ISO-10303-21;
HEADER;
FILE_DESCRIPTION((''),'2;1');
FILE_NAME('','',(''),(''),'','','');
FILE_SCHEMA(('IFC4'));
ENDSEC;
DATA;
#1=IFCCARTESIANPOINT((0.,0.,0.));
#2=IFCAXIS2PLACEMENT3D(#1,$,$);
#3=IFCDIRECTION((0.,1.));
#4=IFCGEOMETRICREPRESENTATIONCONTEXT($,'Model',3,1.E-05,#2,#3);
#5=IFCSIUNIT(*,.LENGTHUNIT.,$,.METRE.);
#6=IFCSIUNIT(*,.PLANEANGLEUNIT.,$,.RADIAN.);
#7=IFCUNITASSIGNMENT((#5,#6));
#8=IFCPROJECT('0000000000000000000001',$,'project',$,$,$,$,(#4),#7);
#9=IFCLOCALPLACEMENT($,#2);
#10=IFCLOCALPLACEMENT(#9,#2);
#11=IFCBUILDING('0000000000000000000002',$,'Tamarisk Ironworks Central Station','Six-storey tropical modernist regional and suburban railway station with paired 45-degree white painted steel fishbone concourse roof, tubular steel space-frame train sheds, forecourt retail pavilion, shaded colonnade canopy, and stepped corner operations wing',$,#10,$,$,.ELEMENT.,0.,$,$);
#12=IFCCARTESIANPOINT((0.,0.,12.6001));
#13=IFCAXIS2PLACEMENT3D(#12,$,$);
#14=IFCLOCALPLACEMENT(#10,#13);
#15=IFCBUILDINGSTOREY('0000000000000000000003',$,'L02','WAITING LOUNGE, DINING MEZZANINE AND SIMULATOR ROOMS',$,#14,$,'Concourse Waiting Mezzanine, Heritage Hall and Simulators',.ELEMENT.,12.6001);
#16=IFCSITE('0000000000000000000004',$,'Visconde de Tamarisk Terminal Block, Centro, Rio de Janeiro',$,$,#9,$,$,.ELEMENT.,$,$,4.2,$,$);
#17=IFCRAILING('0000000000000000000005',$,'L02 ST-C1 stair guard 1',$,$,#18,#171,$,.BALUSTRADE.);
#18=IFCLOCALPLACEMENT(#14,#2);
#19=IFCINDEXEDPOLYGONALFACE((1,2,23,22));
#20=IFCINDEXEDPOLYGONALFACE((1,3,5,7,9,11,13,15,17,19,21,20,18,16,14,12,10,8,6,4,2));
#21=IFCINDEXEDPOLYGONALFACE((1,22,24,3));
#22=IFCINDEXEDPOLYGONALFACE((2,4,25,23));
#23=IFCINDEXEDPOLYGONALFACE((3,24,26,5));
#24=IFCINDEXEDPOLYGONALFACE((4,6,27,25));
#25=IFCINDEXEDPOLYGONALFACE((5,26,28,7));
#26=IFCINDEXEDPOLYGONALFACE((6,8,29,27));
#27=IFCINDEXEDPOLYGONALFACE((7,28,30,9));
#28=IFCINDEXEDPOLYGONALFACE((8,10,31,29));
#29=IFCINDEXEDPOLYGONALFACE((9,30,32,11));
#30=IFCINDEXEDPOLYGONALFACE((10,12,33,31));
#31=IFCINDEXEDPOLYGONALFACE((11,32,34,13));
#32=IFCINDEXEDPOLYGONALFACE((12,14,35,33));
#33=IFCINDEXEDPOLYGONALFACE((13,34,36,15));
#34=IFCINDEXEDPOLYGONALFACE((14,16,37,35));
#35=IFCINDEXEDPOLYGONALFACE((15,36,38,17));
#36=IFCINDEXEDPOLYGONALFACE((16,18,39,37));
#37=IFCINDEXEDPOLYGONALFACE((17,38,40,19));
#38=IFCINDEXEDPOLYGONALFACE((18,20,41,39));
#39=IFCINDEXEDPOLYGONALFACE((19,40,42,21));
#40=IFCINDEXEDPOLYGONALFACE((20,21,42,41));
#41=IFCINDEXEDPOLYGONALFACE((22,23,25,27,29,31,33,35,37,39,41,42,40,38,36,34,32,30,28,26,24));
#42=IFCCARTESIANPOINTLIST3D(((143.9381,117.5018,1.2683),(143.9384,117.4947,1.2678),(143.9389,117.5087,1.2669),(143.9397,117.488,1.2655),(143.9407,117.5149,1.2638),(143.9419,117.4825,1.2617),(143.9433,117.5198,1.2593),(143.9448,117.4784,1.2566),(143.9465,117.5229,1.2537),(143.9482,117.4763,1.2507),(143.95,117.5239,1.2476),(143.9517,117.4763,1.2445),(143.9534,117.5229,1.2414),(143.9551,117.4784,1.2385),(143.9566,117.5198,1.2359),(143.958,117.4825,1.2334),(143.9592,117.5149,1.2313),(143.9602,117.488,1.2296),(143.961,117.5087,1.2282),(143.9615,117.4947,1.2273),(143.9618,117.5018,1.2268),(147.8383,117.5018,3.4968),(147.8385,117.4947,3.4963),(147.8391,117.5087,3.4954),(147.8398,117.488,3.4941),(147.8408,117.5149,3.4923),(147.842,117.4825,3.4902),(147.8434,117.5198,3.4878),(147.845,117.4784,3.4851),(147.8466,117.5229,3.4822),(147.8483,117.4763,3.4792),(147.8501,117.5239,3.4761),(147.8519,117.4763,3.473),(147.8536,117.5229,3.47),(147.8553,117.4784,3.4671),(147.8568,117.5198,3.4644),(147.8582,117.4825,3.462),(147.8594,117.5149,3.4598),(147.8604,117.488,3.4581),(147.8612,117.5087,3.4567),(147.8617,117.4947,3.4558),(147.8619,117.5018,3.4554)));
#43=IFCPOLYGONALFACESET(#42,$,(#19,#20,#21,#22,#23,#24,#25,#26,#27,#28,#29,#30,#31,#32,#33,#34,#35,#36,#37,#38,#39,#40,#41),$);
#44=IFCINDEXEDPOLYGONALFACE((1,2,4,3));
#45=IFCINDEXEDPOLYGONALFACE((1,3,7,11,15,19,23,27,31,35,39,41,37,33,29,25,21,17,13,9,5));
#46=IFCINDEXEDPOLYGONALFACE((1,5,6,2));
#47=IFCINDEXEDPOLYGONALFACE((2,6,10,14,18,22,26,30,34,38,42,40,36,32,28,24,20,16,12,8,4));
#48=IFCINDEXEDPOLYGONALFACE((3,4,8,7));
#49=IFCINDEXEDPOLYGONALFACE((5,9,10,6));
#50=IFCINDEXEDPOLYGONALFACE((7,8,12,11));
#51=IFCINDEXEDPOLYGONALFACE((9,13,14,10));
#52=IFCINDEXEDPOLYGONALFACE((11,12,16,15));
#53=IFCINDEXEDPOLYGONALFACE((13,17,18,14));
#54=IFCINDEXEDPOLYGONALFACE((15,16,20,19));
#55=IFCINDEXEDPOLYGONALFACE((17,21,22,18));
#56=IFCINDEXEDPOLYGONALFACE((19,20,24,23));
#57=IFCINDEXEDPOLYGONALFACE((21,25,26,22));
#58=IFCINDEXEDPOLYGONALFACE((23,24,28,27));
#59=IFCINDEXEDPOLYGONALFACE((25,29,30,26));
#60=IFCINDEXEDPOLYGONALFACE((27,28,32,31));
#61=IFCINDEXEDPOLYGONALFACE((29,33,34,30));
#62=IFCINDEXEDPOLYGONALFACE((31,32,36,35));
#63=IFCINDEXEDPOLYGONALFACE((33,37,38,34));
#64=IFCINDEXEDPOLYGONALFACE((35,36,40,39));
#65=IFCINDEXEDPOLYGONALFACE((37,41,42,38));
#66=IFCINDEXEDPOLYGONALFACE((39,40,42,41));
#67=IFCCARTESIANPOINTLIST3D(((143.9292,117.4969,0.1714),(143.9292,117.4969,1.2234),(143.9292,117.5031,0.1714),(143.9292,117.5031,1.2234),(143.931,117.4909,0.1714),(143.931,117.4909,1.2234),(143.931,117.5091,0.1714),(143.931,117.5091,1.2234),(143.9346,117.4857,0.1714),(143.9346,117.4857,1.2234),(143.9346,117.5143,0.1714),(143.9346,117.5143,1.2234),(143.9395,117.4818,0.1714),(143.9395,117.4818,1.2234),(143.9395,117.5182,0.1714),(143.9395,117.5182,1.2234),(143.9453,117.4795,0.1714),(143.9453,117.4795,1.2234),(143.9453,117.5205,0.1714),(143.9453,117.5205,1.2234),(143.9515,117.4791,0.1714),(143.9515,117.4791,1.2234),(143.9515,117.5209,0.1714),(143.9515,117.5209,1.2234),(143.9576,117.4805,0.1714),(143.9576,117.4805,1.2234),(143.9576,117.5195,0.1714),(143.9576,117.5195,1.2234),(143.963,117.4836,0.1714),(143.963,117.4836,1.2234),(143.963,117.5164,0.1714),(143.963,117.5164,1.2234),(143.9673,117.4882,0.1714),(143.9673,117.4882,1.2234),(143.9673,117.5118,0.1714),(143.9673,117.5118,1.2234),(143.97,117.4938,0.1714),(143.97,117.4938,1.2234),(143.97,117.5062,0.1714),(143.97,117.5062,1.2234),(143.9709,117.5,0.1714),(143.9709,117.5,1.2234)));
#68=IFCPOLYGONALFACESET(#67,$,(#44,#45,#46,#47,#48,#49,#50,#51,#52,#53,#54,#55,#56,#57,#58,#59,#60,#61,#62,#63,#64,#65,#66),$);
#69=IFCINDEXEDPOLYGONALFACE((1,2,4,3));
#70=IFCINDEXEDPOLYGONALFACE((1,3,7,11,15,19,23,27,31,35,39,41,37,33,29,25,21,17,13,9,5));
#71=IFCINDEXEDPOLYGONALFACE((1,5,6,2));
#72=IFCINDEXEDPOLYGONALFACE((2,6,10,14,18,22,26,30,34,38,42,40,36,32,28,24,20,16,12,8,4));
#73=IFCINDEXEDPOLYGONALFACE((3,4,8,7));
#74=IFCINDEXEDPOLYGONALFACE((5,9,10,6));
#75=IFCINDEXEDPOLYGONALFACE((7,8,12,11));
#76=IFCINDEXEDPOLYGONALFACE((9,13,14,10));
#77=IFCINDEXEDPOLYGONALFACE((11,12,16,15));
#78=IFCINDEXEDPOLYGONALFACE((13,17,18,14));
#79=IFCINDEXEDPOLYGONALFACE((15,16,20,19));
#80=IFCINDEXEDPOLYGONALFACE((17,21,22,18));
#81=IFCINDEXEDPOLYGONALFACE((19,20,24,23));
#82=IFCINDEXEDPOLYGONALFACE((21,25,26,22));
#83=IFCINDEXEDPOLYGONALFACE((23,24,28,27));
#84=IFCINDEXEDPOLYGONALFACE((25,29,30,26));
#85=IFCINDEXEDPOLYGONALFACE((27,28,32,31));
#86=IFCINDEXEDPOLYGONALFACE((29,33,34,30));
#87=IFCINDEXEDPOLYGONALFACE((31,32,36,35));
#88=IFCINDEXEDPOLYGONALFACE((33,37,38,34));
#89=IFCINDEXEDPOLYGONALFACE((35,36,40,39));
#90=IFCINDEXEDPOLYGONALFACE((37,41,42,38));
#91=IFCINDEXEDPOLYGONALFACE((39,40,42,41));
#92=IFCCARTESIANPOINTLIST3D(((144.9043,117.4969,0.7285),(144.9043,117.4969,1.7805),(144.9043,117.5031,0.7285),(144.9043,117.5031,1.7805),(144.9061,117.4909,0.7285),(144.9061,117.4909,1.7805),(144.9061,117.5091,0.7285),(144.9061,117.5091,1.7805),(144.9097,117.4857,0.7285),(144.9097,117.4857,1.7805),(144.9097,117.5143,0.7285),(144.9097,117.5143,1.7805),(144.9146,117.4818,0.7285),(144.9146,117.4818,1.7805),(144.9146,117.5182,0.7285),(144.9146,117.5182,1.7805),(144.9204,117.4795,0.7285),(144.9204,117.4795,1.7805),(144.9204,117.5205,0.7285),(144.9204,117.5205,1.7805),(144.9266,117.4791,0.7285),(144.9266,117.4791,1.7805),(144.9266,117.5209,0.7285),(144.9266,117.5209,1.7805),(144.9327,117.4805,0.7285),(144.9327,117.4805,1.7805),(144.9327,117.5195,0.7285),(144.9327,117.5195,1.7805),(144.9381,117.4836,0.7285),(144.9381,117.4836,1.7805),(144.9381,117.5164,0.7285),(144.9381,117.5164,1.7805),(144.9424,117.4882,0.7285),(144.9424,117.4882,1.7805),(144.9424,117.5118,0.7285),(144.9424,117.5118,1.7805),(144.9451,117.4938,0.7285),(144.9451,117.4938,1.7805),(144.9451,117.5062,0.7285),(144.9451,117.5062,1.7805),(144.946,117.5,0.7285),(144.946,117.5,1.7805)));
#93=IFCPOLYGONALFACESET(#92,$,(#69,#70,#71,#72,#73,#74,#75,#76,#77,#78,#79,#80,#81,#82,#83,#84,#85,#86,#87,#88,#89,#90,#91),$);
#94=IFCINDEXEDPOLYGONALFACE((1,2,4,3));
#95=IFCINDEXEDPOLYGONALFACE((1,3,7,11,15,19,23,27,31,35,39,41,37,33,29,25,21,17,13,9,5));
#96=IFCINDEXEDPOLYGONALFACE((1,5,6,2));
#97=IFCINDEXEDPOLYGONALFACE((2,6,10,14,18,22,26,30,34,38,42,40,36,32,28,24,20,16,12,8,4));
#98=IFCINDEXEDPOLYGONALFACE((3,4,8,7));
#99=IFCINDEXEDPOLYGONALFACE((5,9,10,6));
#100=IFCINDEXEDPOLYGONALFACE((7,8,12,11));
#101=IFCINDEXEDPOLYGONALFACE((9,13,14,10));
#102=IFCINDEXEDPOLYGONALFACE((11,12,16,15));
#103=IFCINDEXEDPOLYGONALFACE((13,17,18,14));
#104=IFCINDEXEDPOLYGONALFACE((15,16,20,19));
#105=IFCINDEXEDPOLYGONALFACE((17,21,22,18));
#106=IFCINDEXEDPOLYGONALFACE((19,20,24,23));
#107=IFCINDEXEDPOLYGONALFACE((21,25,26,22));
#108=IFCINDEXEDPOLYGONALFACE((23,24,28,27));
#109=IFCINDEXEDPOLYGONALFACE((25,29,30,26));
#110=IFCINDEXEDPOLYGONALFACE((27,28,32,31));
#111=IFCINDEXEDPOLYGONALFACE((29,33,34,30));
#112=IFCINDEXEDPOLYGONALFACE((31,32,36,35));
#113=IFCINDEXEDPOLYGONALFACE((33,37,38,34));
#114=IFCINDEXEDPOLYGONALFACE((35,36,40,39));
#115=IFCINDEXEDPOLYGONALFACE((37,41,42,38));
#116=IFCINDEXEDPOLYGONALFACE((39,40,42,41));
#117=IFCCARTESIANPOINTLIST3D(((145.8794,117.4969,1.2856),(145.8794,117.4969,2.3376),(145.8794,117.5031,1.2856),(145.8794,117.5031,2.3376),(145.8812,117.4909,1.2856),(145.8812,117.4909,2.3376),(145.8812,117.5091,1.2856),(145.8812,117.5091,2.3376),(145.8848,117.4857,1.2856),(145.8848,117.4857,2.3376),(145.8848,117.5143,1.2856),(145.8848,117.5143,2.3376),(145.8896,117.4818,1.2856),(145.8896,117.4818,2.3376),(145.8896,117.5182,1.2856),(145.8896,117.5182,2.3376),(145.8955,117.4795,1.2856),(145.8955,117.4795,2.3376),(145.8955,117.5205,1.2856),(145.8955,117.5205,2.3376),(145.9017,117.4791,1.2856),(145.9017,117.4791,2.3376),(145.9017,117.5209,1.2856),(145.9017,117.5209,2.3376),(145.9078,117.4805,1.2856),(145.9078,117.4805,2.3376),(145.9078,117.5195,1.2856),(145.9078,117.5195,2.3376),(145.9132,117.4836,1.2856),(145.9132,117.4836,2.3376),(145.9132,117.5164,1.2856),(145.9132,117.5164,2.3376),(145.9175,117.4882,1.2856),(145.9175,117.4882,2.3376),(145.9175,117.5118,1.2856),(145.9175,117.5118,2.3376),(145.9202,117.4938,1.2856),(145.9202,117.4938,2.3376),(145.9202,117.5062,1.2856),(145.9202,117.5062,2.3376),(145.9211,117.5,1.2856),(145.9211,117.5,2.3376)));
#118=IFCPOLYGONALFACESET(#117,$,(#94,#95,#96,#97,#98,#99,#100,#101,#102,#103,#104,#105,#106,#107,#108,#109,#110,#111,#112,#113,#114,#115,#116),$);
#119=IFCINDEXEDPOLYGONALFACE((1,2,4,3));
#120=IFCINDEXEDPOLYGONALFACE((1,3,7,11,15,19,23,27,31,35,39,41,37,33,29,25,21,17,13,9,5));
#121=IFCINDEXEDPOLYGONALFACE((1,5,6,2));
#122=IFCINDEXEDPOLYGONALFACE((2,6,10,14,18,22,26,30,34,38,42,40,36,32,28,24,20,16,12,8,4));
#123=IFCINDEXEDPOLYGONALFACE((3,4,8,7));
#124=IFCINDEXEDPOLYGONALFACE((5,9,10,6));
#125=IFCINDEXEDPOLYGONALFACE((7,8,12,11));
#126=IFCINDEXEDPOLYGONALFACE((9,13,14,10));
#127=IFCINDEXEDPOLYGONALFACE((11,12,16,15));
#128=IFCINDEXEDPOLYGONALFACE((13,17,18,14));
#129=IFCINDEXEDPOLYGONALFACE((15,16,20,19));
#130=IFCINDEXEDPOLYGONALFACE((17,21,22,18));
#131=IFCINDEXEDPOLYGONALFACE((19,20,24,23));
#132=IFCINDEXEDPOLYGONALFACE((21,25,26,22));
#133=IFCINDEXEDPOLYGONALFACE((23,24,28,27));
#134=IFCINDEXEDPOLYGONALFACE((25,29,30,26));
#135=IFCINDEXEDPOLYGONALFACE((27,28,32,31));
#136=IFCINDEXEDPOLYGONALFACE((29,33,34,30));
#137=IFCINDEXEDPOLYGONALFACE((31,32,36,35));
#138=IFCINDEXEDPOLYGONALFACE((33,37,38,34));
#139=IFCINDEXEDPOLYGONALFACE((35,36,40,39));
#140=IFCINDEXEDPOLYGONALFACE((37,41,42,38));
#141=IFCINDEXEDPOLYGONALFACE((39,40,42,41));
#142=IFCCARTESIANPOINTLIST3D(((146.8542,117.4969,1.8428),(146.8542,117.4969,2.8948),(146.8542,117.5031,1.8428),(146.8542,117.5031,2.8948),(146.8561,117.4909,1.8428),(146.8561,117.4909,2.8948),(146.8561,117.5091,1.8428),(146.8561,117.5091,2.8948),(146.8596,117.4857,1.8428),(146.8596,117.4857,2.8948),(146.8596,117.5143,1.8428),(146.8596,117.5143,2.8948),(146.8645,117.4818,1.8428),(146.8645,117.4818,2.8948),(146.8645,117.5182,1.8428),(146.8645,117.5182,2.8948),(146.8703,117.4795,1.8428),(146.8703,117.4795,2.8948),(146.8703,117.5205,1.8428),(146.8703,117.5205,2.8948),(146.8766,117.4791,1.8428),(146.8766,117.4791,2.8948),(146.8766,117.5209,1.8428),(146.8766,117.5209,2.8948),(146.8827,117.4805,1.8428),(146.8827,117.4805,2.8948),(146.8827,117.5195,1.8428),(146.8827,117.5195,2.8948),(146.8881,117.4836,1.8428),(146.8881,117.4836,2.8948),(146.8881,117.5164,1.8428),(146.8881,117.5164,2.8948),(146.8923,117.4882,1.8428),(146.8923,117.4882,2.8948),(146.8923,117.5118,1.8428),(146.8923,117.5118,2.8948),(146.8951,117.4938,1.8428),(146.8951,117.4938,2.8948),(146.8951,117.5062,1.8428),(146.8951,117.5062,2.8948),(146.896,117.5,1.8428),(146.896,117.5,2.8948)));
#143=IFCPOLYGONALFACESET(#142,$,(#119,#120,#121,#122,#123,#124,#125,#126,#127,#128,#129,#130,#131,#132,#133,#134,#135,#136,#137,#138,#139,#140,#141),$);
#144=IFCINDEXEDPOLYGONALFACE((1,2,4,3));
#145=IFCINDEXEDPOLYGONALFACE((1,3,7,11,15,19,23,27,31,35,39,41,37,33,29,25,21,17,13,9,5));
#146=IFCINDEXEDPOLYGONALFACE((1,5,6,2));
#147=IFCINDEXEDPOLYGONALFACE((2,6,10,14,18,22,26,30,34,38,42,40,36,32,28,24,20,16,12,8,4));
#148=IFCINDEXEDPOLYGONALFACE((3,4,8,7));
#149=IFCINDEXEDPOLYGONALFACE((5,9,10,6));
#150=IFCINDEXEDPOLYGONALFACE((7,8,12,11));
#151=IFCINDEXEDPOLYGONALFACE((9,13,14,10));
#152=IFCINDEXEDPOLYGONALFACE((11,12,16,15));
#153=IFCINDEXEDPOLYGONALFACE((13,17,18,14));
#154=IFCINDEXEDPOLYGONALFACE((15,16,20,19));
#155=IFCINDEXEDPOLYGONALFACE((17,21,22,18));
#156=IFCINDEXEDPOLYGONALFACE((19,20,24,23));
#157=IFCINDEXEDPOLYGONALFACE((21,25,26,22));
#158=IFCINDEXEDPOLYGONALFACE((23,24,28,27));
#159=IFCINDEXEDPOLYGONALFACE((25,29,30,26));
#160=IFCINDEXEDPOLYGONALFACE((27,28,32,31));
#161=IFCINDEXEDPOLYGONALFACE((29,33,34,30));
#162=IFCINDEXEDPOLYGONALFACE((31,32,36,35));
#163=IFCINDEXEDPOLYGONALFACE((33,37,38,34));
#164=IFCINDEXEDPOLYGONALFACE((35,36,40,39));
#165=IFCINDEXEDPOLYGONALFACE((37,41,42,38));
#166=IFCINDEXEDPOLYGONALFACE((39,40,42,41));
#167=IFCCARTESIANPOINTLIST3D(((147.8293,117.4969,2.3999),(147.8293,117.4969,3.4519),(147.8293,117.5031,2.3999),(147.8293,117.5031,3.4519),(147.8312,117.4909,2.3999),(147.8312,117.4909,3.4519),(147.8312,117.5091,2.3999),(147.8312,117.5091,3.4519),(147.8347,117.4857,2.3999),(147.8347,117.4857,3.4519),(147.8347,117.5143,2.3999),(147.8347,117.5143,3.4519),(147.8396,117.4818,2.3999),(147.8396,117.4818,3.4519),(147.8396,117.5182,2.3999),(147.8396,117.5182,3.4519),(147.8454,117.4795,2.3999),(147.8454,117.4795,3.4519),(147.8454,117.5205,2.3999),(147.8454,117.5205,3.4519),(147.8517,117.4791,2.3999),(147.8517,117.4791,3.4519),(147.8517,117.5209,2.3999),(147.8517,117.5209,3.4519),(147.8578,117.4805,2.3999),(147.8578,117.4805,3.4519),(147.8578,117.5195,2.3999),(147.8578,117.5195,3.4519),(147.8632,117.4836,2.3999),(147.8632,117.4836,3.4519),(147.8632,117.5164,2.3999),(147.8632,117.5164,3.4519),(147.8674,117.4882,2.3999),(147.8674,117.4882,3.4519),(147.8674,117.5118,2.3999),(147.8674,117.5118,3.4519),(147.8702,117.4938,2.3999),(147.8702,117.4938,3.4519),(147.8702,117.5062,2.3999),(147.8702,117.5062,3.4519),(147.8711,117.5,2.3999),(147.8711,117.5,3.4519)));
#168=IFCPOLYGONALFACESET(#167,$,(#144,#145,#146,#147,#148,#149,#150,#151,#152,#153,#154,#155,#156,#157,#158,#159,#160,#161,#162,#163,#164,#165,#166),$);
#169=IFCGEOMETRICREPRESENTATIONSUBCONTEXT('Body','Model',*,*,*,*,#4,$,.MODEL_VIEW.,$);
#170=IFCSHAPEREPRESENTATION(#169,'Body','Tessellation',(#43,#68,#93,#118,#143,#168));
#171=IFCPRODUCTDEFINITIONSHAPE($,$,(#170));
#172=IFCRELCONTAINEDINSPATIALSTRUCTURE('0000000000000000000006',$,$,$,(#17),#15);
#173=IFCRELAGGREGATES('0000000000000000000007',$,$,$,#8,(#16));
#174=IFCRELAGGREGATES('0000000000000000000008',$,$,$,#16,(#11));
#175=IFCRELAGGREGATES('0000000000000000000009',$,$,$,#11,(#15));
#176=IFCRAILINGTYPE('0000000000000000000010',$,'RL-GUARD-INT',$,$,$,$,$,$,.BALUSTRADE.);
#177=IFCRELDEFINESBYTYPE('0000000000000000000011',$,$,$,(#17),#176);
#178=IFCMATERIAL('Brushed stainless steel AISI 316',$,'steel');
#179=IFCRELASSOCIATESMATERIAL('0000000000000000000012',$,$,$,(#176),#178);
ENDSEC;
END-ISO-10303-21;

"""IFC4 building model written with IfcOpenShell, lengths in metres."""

from ifc_helpers import new_model, si_unit, direction, frame, origin, origin_2d, place, context, subcontext, project, spatial, circle, extrude, material, type_object, element, save


model = new_model("IFC4")

# Units and contexts
model_context = context("Model", 3, precision=1e-05, world=origin(), true_north=direction((0.0, 1.0)))
body_context = subcontext(model_context, "Body", "Model", "MODEL_VIEW")
ifc_project = project(units=[si_unit("LENGTHUNIT", "METRE"), si_unit("PLANEANGLEUNIT", "RADIAN")], contexts=[model_context])

# Site, building, storey
site_placement = place(None, origin())
site = spatial("IfcSite", under=ifc_project, at=site_placement, Name="Visconde de Tamarisk Terminal Block, Centro, Rio de Janeiro", CompositionType="ELEMENT", RefElevation=4.2)
building_placement = place(site_placement, origin())
building = spatial("IfcBuilding", under=site, at=building_placement, Name="Tamarisk Ironworks Central Station", Description="Six-storey tropical modernist regional and suburban railway station with paired 45-degree white painted steel fishbone concourse roof, tubular steel space-frame train sheds, forecourt retail pavilion, shaded colonnade canopy, and stepped corner operations wing", CompositionType="ELEMENT", ElevationOfRefHeight=0.0)
storey_placement = place(building_placement, frame((0.0, 0.0, 12.6001)))
storey = spatial("IfcBuildingStorey", under=building, at=storey_placement, Name="L02", Description="WAITING LOUNGE, DINING MEZZANINE AND SIMULATOR ROOMS", LongName="Concourse Waiting Mezzanine, Heritage Hall and Simulators", CompositionType="ELEMENT", Elevation=12.6001)

# Shared definitions
ifc_material_1 = material(Name="Brushed stainless steel AISI 316", Category="steel")

# Railing
railing_type_1 = type_object("IfcRailingType", Name="RL-GUARD-INT", PredefinedType="BALUSTRADE", material=ifc_material_1)
railing_1_placement = place(storey_placement, frame((143.95, 117.5, 0.1714)))
element("IfcRailing", 1, at=railing_1_placement, inside=storey, type_object=railing_type_1, Name="L02 ST-C1 stair guard 1", PredefinedType="BALUSTRADE", context=body_context, shape_type="SweptSolid", body=[
    extrude(circle(Radius=0.0239, at=origin_2d()), frame((0.0, 0.0, 1.0762), z_axis=(0.868257, 0.0, 0.496116), x_axis=(0.0, 1.0, 0.0)), (0.0, 0.0, 1.0), 4.4919),
    extrude(circle(Radius=0.021, at=origin_2d()), origin(), (0.0, 0.0, 1.0), 1.052),
    extrude(circle(Radius=0.021, at=origin_2d()), frame((0.9751, 0.0, 0.5571)), (0.0, 0.0, 1.0), 1.052),
    extrude(circle(Radius=0.021, at=origin_2d()), frame((1.9502, 0.0, 1.1143)), (0.0, 0.0, 1.0), 1.052),
    extrude(circle(Radius=0.021, at=origin_2d()), frame((2.925, 0.0, 1.6714)), (0.0, 0.0, 1.0), 1.052),
    extrude(circle(Radius=0.021, at=origin_2d()), frame((3.9001, 0.0, 2.2285)), (0.0, 0.0, 1.0), 1.052),
])

save(model, "model.ifc")
